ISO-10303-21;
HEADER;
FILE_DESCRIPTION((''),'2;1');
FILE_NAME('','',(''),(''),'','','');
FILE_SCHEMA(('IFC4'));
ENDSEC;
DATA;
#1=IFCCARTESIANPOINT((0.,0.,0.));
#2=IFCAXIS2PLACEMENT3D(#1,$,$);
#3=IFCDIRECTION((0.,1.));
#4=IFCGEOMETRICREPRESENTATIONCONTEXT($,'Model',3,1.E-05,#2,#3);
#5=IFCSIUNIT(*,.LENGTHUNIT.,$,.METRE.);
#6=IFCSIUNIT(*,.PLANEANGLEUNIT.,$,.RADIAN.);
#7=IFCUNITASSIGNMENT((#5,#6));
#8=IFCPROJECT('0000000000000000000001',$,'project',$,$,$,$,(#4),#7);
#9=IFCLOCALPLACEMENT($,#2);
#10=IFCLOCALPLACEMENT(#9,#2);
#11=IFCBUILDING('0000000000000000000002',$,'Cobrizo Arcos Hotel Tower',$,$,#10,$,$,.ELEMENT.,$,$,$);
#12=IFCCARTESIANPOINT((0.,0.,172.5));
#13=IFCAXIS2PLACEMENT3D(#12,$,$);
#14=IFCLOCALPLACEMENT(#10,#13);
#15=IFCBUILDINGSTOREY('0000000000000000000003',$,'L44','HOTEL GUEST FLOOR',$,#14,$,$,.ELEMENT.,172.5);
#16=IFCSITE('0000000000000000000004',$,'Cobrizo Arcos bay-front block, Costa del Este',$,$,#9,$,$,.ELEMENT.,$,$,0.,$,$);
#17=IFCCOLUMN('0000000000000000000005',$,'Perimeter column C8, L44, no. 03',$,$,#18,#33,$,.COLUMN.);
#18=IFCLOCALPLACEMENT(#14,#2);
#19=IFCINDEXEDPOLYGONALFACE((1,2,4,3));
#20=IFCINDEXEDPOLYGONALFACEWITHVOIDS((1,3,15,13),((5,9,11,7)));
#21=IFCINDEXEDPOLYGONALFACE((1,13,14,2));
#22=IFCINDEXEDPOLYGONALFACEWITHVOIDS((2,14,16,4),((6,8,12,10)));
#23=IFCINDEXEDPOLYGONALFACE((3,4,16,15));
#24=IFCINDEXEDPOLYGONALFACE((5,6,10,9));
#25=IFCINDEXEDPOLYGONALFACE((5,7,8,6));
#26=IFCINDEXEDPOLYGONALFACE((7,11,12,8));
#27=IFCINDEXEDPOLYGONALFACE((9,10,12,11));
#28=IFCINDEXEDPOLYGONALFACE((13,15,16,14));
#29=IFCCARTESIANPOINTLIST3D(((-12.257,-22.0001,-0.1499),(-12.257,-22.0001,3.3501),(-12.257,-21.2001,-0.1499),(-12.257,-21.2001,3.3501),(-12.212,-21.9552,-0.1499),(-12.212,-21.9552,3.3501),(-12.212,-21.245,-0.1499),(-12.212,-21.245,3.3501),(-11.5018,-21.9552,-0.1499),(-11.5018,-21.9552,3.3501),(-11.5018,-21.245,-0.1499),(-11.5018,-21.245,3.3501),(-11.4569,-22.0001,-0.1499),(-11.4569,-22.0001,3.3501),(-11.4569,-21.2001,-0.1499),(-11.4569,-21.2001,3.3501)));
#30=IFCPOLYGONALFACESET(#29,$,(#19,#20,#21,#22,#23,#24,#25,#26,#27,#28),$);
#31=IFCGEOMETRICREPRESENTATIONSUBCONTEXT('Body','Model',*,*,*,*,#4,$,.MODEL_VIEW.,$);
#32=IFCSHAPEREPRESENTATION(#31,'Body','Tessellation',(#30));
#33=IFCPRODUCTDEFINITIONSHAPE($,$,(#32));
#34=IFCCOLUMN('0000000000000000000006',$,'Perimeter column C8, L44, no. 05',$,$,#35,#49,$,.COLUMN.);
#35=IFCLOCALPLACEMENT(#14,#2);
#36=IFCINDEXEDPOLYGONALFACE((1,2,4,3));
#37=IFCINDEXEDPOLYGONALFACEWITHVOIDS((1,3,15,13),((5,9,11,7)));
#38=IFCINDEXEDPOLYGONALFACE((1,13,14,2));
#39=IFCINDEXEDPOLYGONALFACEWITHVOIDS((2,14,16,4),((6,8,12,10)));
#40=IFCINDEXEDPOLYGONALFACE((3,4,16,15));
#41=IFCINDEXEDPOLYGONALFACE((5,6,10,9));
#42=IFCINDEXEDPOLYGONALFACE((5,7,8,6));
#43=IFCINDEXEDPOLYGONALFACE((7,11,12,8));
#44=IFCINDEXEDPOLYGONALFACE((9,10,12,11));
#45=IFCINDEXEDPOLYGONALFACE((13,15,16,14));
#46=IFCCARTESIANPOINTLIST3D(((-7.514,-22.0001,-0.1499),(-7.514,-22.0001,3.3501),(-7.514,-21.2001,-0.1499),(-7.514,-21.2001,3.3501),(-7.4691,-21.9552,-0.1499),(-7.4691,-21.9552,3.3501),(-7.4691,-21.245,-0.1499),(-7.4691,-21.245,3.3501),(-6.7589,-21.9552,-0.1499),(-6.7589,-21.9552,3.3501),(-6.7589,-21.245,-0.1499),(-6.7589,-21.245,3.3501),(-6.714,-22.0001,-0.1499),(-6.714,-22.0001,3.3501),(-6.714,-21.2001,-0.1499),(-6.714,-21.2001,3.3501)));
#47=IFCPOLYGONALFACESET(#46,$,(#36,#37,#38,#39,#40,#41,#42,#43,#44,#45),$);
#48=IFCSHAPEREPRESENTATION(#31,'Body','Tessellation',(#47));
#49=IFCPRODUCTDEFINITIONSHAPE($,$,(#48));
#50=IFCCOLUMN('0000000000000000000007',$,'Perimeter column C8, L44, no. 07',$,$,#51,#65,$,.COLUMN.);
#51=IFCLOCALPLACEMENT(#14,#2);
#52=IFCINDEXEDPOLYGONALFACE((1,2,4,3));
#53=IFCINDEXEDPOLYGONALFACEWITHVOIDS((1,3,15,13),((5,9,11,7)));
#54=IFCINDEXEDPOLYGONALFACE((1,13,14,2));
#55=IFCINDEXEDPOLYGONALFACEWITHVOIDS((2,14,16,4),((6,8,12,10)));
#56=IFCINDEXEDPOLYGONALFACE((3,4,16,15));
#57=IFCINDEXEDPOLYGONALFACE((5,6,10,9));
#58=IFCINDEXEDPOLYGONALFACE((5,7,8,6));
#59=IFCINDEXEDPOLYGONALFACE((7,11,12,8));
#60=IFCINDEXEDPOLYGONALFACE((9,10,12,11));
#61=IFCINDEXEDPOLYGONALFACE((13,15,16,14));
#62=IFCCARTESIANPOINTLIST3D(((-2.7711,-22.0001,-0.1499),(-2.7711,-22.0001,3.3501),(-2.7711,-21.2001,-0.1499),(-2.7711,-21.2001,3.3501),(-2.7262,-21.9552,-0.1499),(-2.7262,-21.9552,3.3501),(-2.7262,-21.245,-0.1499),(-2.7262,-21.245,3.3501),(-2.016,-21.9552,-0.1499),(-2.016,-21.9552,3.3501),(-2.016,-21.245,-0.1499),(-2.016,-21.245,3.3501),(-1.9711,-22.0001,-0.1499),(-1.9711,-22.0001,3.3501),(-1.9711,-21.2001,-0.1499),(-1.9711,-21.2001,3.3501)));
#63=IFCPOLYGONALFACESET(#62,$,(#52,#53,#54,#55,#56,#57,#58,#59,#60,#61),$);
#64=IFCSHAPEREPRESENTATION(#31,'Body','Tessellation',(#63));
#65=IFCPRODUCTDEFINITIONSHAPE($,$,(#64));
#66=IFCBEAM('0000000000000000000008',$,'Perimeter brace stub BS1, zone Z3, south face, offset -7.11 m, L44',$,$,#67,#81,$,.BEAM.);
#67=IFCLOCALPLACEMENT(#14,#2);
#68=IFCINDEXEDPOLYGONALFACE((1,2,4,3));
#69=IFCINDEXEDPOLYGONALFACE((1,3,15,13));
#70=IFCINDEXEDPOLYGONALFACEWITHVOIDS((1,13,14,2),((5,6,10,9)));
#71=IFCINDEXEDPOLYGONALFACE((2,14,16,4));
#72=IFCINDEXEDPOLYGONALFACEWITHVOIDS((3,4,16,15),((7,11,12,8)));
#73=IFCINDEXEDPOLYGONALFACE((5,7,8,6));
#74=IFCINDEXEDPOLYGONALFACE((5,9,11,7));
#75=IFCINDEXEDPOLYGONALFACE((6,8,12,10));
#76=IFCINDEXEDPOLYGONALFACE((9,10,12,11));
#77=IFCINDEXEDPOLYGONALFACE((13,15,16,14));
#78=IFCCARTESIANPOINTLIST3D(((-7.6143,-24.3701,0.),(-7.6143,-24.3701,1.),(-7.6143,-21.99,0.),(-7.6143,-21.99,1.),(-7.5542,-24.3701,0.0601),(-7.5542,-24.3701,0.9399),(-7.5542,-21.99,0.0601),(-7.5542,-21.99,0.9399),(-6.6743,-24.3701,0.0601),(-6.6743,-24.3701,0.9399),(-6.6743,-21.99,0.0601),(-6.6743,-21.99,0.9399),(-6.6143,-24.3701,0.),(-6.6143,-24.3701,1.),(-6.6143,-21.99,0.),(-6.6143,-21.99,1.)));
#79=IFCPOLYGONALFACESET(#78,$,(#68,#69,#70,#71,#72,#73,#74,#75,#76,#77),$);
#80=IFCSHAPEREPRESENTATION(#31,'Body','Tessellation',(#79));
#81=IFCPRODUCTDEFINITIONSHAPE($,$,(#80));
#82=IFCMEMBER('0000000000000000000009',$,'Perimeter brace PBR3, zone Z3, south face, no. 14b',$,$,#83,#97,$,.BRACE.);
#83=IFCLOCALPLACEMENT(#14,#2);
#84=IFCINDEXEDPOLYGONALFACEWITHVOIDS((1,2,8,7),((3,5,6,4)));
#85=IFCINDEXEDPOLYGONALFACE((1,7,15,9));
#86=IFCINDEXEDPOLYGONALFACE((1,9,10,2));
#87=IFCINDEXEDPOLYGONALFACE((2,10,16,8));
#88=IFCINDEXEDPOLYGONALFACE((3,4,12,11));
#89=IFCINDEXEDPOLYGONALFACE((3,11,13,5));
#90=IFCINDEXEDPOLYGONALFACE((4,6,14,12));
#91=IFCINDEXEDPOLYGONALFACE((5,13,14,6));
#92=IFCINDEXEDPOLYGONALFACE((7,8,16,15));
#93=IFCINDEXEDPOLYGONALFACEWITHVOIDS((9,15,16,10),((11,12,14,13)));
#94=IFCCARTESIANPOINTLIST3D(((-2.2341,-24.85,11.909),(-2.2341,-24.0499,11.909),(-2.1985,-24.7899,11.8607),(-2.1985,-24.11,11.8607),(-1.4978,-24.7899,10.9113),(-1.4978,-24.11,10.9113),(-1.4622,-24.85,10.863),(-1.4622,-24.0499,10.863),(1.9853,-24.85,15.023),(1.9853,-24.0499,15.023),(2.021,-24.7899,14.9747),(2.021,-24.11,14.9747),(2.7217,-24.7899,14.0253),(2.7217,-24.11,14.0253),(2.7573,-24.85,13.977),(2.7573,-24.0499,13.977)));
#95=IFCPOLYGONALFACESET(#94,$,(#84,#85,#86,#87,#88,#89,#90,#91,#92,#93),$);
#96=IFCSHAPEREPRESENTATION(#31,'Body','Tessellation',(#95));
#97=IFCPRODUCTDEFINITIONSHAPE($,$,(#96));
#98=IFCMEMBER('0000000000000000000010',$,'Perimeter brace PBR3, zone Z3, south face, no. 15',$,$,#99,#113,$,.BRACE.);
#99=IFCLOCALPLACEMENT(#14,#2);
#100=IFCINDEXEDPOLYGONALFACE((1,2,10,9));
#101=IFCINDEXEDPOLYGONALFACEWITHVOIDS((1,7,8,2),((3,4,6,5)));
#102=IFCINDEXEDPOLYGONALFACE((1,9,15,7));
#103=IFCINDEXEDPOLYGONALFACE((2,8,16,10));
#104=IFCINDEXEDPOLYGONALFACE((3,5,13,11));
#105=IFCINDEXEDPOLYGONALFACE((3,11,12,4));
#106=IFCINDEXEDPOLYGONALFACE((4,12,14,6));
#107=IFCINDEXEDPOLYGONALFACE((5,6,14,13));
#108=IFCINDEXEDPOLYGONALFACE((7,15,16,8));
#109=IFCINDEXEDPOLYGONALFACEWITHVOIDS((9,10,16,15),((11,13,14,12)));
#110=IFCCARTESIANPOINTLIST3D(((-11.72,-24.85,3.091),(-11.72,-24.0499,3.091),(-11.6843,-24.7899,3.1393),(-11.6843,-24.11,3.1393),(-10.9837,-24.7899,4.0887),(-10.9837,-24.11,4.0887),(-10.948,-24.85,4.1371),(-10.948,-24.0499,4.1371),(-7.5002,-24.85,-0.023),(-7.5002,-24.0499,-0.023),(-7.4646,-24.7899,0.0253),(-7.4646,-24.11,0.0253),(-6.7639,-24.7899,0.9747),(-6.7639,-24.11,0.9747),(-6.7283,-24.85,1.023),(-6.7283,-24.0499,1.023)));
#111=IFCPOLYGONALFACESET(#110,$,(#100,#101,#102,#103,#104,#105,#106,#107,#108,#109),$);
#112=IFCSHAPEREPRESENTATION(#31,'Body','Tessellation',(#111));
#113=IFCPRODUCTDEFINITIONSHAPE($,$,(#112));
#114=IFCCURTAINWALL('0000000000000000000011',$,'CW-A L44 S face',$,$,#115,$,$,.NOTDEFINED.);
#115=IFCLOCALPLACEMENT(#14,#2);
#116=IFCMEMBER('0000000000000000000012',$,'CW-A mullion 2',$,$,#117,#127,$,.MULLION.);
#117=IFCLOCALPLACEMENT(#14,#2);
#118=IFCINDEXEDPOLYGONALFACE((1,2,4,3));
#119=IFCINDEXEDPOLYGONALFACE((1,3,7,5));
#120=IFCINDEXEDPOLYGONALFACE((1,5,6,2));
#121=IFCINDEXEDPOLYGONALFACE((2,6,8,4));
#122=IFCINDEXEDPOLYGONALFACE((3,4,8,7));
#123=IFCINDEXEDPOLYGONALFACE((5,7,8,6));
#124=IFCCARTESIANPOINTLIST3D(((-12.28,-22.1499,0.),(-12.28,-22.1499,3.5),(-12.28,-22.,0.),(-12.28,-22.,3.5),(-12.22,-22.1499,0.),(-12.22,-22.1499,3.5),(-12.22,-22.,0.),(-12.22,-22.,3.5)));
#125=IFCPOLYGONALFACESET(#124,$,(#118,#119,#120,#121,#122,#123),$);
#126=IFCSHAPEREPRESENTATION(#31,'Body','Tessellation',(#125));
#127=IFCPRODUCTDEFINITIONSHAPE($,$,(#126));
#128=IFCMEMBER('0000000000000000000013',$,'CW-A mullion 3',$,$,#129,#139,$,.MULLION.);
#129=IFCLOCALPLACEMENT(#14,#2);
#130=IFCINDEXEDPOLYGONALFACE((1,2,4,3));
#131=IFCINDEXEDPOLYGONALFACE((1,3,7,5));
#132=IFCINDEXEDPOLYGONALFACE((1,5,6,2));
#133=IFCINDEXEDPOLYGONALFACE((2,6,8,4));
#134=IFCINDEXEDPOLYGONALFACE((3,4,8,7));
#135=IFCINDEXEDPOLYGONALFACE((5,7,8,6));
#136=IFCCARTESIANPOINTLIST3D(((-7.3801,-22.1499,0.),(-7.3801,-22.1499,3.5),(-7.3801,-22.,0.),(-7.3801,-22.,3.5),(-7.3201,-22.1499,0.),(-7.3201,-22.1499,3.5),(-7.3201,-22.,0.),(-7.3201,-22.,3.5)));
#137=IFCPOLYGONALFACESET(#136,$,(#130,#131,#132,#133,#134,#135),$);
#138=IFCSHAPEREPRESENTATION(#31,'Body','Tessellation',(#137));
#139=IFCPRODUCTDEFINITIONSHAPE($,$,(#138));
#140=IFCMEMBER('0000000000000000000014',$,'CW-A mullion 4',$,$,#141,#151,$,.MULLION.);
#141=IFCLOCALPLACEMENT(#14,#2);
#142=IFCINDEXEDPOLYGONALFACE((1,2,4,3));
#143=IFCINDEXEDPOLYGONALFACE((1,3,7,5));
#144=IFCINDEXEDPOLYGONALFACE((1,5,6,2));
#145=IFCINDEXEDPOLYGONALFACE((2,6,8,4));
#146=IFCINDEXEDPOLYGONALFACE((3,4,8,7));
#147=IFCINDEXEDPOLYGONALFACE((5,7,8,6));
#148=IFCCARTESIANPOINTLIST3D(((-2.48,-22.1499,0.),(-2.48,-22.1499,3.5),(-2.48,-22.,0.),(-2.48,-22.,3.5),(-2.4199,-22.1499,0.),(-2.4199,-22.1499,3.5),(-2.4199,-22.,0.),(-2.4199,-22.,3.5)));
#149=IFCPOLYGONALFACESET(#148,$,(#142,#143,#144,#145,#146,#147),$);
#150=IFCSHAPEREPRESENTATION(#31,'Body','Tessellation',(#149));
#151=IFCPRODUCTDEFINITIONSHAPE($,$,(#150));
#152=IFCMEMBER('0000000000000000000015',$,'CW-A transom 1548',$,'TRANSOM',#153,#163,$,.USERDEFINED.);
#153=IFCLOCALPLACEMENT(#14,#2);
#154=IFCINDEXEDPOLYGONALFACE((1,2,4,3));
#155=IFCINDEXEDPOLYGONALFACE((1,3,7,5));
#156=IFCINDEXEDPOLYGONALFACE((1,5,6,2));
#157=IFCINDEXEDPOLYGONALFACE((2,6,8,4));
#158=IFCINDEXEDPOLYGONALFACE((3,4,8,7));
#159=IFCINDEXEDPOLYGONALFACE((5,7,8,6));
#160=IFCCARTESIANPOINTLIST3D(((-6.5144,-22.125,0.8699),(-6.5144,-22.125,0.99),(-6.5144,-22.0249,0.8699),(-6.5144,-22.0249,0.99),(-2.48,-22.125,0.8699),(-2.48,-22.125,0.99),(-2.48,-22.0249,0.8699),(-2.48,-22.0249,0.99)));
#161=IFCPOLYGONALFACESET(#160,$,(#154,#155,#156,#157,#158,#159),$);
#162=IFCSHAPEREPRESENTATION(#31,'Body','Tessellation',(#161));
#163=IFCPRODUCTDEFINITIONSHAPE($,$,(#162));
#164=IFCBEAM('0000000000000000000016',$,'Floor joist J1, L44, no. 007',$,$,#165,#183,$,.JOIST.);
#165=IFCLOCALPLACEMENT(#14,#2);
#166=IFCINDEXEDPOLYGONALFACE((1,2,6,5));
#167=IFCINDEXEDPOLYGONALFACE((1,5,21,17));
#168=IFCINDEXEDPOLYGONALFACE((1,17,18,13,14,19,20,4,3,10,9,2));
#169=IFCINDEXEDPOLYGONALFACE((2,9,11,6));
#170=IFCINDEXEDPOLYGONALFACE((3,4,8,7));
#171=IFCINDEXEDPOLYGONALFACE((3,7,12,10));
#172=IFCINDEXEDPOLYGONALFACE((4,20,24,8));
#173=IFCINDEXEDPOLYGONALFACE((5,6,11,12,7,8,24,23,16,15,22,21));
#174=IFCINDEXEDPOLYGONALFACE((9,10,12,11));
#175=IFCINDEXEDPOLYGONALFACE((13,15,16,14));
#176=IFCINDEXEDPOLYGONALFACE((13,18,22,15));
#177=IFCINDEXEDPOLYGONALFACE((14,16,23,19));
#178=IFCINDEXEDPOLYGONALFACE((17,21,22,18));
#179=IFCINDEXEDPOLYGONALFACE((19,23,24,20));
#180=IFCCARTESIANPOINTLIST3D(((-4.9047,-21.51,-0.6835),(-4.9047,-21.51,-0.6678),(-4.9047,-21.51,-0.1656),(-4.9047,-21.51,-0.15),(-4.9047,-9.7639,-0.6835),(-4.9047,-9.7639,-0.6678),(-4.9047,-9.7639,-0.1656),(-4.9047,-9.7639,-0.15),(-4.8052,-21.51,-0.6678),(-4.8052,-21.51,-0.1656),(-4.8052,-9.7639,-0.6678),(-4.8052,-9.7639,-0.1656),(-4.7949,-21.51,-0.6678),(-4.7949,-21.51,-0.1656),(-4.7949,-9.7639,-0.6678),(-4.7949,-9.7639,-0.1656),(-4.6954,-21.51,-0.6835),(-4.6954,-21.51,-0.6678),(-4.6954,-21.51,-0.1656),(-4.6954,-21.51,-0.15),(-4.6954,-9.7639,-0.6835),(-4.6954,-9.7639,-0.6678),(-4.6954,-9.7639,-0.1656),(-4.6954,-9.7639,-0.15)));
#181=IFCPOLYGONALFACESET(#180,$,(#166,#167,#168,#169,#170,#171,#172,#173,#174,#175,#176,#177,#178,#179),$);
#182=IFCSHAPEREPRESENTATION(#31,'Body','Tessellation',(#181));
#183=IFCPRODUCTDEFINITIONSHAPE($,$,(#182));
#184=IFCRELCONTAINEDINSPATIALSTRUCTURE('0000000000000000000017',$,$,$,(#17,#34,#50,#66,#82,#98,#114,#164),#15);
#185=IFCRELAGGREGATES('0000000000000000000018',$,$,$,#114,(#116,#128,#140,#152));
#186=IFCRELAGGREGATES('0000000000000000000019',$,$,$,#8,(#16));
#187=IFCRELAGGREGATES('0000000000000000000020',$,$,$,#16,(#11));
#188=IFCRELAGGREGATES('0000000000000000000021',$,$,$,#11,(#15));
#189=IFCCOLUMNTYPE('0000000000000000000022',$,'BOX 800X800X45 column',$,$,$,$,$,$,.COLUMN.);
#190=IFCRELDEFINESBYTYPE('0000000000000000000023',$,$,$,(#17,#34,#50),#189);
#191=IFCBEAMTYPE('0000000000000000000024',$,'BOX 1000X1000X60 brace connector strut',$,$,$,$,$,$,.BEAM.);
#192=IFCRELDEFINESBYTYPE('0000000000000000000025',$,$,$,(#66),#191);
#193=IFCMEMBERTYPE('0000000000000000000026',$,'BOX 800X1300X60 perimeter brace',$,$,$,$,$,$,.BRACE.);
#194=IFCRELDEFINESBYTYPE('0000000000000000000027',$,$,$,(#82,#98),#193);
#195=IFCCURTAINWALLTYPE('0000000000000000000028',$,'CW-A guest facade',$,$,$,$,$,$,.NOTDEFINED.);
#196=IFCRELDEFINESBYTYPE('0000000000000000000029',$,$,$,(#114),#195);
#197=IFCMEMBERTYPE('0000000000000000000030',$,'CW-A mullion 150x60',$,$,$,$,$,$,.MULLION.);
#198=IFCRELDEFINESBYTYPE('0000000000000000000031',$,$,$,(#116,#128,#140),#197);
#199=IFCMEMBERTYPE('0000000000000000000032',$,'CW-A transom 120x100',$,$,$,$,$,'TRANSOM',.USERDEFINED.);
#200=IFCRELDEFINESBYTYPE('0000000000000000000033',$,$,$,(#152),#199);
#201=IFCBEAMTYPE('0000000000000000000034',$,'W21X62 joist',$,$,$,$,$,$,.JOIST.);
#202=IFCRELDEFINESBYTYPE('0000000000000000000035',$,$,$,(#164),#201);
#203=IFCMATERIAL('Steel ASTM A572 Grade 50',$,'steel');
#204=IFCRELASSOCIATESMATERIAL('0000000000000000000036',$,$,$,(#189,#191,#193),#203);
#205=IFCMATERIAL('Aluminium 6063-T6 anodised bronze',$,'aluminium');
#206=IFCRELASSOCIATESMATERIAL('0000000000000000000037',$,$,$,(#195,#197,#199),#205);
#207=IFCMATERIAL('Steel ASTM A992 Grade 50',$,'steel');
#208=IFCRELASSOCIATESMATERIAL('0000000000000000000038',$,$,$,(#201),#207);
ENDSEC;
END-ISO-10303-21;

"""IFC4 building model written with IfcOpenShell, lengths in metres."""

from ifc_helpers import new_model, si_unit, direction, frame, origin, origin_2d, place, context, subcontext, project, spatial, rectangle, hollow_rectangle, i_section, extrude, material, material_profile, profile_set, type_object, element, aggregate, save


model = new_model("IFC4")

# Units and contexts
model_context = context("Model", 3, precision=1e-05, world=origin(), true_north=direction((0.0, 1.0)))
body_context = subcontext(model_context, "Body", "Model", "MODEL_VIEW")
ifc_project = project(units=[si_unit("LENGTHUNIT", "METRE"), si_unit("PLANEANGLEUNIT", "RADIAN")], contexts=[model_context])

# Site, building, storey
site_placement = place(None, origin())
site = spatial("IfcSite", under=ifc_project, at=site_placement, Name="Cobrizo Arcos bay-front block, Costa del Este", CompositionType="ELEMENT", RefElevation=0.0)
building_placement = place(site_placement, origin())
building = spatial("IfcBuilding", under=site, at=building_placement, Name="Cobrizo Arcos Hotel Tower", CompositionType="ELEMENT")
storey_placement = place(building_placement, frame((0.0, 0.0, 172.5)))
storey = spatial("IfcBuildingStorey", under=building, at=storey_placement, Name="L44", Description="HOTEL GUEST FLOOR", CompositionType="ELEMENT", Elevation=172.5)

# Columns
ifc_material_1 = material(Name="Steel ASTM A572 Grade 50", Category="steel")
ifc_material_profile_1 = material_profile(ifc_material_1, hollow_rectangle(XDim=0.8, YDim=0.8, WallThickness=0.0449, at=origin_2d()), Name="BOX 800X800X45")
ifc_profile_set_1 = profile_set([ifc_material_profile_1], Name="Steel ASTM A572 Grade 50")
column_type = type_object("IfcColumnType", Name="BOX 800X800X45 column", PredefinedType="COLUMN", material=ifc_profile_set_1)
for number, where, z_axis, x_axis, name in (
    (1, (-11.8569, -21.6001, -0.1499), (0.0, 0.0, 1.0), (1.0, 0.0, 0.0), "Perimeter column C8, L44, no. 03"),
    (2, (-7.114, -21.6001, -0.1499), (0.0, 0.0, 1.0), (1.0, 0.0, 0.0), "Perimeter column C8, L44, no. 05"),
    (3, (-2.3711, -21.6001, -0.1499), (0.0, 0.0, 1.0), (1.0, 0.0, 0.0), "Perimeter column C8, L44, no. 07"),
):
    element("IfcColumn", number, at=place(storey_placement, frame(where, z_axis=z_axis, x_axis=x_axis)), inside=storey, type_object=column_type, Name=name, PredefinedType="COLUMN", context=body_context, shape_type="SweptSolid", body=[
        extrude(hollow_rectangle(XDim=0.8, YDim=0.8, WallThickness=0.0449, at=origin_2d()), origin(), (0.0, 0.0, 1.0), 3.5),
    ])

# Beam
ifc_material_profile_2 = material_profile(ifc_material_1, hollow_rectangle(XDim=1.0, YDim=1.0, WallThickness=0.0601, at=origin_2d()), Name="BOX 1000X1000X60")
ifc_profile_set_2 = profile_set([ifc_material_profile_2], Name="Steel ASTM A572 Grade 50")
beam_type_1 = type_object("IfcBeamType", Name="BOX 1000X1000X60 brace connector strut", PredefinedType="BEAM", material=ifc_profile_set_2)
beam_1_placement = place(storey_placement, frame((-7.1143, -21.99, 0.5), z_axis=(0.0, -1.0, 0.0), x_axis=(1.0, 0.0, 0.0)))
element("IfcBeam", 4, at=beam_1_placement, inside=storey, type_object=beam_type_1, Name="Perimeter brace stub BS1, zone Z3, south face, offset -7.11 m, L44", PredefinedType="BEAM", context=body_context, shape_type="SweptSolid", body=[
    extrude(hollow_rectangle(XDim=1.0, YDim=1.0, WallThickness=0.0601, at=origin_2d()), origin(), (0.0, 0.0, 1.0), 2.3801),
])

# Members
ifc_material_profile_3 = material_profile(ifc_material_1, hollow_rectangle(XDim=0.8, YDim=1.3, WallThickness=0.0601, at=origin_2d()), Name="BOX 800X1300X60")
ifc_profile_set_3 = profile_set([ifc_material_profile_3], Name="Steel ASTM A572 Grade 50")
member_type_1 = type_object("IfcMemberType", Name="BOX 800X1300X60 perimeter brace", PredefinedType="BRACE", material=ifc_profile_set_3)
member_1_placement = place(storey_placement, frame((-1.8481, -24.45, 11.386), z_axis=(0.804607, 0.0, 0.593807), x_axis=(0.0, 1.0, 0.0)))
element("IfcMember", 5, at=member_1_placement, inside=storey, type_object=member_type_1, Name="Perimeter brace PBR3, zone Z3, south face, no. 14b", PredefinedType="BRACE", context=body_context, shape_type="SweptSolid", body=[
    extrude(hollow_rectangle(XDim=0.8, YDim=1.3, WallThickness=0.0601, at=origin_2d()), origin(), (0.0, 0.0, 1.0), 5.2441),
])
member_2_placement = place(storey_placement, frame((-7.1143, -24.45, 0.5), z_axis=(-0.804624, 0.0, 0.593785), x_axis=(0.0, -1.0, 0.0)))
element("IfcMember", 6, at=member_2_placement, inside=storey, type_object=member_type_1, Name="Perimeter brace PBR3, zone Z3, south face, no. 15", PredefinedType="BRACE", context=body_context, shape_type="SweptSolid", body=[
    extrude(hollow_rectangle(XDim=0.8, YDim=1.3, WallThickness=0.0601, at=origin_2d()), origin(), (0.0, 0.0, 1.0), 5.2444),
])

# Curtain wall, members
ifc_material_2 = material(Name="Aluminium 6063-T6 anodised bronze", Category="aluminium")
curtain_wall_type = type_object("IfcCurtainWallType", Name="CW-A guest facade", PredefinedType="NOTDEFINED", material=ifc_material_2)
curtain_wall_placement = place(storey_placement, origin())
curtain_wall = element("IfcCurtainWall", 7, at=curtain_wall_placement, inside=storey, type_object=curtain_wall_type, Name="CW-A L44 S face", PredefinedType="NOTDEFINED")
ifc_material_profile_4 = material_profile(ifc_material_2, rectangle(XDim=0.1499, YDim=0.0601, at=origin_2d()), Name="CW-A mullion 150x60")
ifc_profile_set_4 = profile_set([ifc_material_profile_4], Name="Aluminium 6063-T6 anodised bronze")
member_type_2 = type_object("IfcMemberType", Name="CW-A mullion 150x60", PredefinedType="MULLION", material=ifc_profile_set_4)
member_3_placement = place(storey_placement, frame((-12.25, -22.075, 0.0), z_axis=(0.0, 0.0, 1.0), x_axis=(0.0, -1.0, 0.0)))
member_3 = element("IfcMember", 8, at=member_3_placement, type_object=member_type_2, Name="CW-A mullion 2", PredefinedType="MULLION", context=body_context, shape_type="SweptSolid", body=[
    extrude(rectangle(XDim=0.1499, YDim=0.0601, at=origin_2d()), origin(), (0.0, 0.0, 1.0), 3.5),
])
member_4_placement = place(storey_placement, frame((-7.3501, -22.075, 0.0), z_axis=(0.0, 0.0, 1.0), x_axis=(0.0, -1.0, 0.0)))
member_4 = element("IfcMember", 9, at=member_4_placement, type_object=member_type_2, Name="CW-A mullion 3", PredefinedType="MULLION", context=body_context, shape_type="SweptSolid", body=[
    extrude(rectangle(XDim=0.1499, YDim=0.0601, at=origin_2d()), origin(), (0.0, 0.0, 1.0), 3.5),
])
member_5_placement = place(storey_placement, frame((-2.45, -22.075, 0.0), z_axis=(0.0, 0.0, 1.0), x_axis=(0.0, -1.0, 0.0)))
member_5 = element("IfcMember", 10, at=member_5_placement, type_object=member_type_2, Name="CW-A mullion 4", PredefinedType="MULLION", context=body_context, shape_type="SweptSolid", body=[
    extrude(rectangle(XDim=0.1499, YDim=0.0601, at=origin_2d()), origin(), (0.0, 0.0, 1.0), 3.5),
])
ifc_material_profile_5 = material_profile(ifc_material_2, rectangle(XDim=0.1001, YDim=0.1201, at=origin_2d()), Name="CW-A transom 120x100")
ifc_profile_set_5 = profile_set([ifc_material_profile_5], Name="Aluminium 6063-T6 anodised bronze")
member_type_3 = type_object("IfcMemberType", Name="CW-A transom 120x100", ElementType="TRANSOM", PredefinedType="USERDEFINED", material=ifc_profile_set_5)
member_6_placement = place(storey_placement, frame((-6.5144, -22.075, 0.9299), z_axis=(1.0, 0.0, 0.0), x_axis=(0.0, 1.0, 0.0)))
member_6 = element("IfcMember", 11, at=member_6_placement, type_object=member_type_3, Name="CW-A transom 1548", ObjectType="TRANSOM", PredefinedType="USERDEFINED", context=body_context, shape_type="SweptSolid", body=[
    extrude(rectangle(XDim=0.1001, YDim=0.1201, at=origin_2d()), origin(), (0.0, 0.0, 1.0), 4.0344),
])

# Beam
ifc_material_3 = material(Name="Steel ASTM A992 Grade 50", Category="steel")
ifc_material_profile_6 = material_profile(ifc_material_3, i_section(OverallWidth=0.2092, OverallDepth=0.5334, WebThickness=0.0103, FlangeThickness=0.0156, at=origin_2d()), Name="W21X62")
ifc_profile_set_6 = profile_set([ifc_material_profile_6], Name="Steel ASTM A992 Grade 50")
beam_type_2 = type_object("IfcBeamType", Name="W21X62 joist", PredefinedType="JOIST", material=ifc_profile_set_6)
beam_2_placement = place(storey_placement, frame((-4.8, -21.51, -0.4167), z_axis=(0.0, 1.0, 0.0), x_axis=(-1.0, 0.0, 0.0)))
element("IfcBeam", 12, at=beam_2_placement, inside=storey, type_object=beam_type_2, Name="Floor joist J1, L44, no. 007", PredefinedType="JOIST", context=body_context, shape_type="SweptSolid", body=[
    extrude(i_section(OverallWidth=0.2092, OverallDepth=0.5334, WebThickness=0.0103, FlangeThickness=0.0156, at=origin_2d()), origin(), (0.0, 0.0, 1.0), 11.7461),
])

aggregate(curtain_wall, [member_3, member_4, member_5, member_6])

save(model, "model.ifc")
